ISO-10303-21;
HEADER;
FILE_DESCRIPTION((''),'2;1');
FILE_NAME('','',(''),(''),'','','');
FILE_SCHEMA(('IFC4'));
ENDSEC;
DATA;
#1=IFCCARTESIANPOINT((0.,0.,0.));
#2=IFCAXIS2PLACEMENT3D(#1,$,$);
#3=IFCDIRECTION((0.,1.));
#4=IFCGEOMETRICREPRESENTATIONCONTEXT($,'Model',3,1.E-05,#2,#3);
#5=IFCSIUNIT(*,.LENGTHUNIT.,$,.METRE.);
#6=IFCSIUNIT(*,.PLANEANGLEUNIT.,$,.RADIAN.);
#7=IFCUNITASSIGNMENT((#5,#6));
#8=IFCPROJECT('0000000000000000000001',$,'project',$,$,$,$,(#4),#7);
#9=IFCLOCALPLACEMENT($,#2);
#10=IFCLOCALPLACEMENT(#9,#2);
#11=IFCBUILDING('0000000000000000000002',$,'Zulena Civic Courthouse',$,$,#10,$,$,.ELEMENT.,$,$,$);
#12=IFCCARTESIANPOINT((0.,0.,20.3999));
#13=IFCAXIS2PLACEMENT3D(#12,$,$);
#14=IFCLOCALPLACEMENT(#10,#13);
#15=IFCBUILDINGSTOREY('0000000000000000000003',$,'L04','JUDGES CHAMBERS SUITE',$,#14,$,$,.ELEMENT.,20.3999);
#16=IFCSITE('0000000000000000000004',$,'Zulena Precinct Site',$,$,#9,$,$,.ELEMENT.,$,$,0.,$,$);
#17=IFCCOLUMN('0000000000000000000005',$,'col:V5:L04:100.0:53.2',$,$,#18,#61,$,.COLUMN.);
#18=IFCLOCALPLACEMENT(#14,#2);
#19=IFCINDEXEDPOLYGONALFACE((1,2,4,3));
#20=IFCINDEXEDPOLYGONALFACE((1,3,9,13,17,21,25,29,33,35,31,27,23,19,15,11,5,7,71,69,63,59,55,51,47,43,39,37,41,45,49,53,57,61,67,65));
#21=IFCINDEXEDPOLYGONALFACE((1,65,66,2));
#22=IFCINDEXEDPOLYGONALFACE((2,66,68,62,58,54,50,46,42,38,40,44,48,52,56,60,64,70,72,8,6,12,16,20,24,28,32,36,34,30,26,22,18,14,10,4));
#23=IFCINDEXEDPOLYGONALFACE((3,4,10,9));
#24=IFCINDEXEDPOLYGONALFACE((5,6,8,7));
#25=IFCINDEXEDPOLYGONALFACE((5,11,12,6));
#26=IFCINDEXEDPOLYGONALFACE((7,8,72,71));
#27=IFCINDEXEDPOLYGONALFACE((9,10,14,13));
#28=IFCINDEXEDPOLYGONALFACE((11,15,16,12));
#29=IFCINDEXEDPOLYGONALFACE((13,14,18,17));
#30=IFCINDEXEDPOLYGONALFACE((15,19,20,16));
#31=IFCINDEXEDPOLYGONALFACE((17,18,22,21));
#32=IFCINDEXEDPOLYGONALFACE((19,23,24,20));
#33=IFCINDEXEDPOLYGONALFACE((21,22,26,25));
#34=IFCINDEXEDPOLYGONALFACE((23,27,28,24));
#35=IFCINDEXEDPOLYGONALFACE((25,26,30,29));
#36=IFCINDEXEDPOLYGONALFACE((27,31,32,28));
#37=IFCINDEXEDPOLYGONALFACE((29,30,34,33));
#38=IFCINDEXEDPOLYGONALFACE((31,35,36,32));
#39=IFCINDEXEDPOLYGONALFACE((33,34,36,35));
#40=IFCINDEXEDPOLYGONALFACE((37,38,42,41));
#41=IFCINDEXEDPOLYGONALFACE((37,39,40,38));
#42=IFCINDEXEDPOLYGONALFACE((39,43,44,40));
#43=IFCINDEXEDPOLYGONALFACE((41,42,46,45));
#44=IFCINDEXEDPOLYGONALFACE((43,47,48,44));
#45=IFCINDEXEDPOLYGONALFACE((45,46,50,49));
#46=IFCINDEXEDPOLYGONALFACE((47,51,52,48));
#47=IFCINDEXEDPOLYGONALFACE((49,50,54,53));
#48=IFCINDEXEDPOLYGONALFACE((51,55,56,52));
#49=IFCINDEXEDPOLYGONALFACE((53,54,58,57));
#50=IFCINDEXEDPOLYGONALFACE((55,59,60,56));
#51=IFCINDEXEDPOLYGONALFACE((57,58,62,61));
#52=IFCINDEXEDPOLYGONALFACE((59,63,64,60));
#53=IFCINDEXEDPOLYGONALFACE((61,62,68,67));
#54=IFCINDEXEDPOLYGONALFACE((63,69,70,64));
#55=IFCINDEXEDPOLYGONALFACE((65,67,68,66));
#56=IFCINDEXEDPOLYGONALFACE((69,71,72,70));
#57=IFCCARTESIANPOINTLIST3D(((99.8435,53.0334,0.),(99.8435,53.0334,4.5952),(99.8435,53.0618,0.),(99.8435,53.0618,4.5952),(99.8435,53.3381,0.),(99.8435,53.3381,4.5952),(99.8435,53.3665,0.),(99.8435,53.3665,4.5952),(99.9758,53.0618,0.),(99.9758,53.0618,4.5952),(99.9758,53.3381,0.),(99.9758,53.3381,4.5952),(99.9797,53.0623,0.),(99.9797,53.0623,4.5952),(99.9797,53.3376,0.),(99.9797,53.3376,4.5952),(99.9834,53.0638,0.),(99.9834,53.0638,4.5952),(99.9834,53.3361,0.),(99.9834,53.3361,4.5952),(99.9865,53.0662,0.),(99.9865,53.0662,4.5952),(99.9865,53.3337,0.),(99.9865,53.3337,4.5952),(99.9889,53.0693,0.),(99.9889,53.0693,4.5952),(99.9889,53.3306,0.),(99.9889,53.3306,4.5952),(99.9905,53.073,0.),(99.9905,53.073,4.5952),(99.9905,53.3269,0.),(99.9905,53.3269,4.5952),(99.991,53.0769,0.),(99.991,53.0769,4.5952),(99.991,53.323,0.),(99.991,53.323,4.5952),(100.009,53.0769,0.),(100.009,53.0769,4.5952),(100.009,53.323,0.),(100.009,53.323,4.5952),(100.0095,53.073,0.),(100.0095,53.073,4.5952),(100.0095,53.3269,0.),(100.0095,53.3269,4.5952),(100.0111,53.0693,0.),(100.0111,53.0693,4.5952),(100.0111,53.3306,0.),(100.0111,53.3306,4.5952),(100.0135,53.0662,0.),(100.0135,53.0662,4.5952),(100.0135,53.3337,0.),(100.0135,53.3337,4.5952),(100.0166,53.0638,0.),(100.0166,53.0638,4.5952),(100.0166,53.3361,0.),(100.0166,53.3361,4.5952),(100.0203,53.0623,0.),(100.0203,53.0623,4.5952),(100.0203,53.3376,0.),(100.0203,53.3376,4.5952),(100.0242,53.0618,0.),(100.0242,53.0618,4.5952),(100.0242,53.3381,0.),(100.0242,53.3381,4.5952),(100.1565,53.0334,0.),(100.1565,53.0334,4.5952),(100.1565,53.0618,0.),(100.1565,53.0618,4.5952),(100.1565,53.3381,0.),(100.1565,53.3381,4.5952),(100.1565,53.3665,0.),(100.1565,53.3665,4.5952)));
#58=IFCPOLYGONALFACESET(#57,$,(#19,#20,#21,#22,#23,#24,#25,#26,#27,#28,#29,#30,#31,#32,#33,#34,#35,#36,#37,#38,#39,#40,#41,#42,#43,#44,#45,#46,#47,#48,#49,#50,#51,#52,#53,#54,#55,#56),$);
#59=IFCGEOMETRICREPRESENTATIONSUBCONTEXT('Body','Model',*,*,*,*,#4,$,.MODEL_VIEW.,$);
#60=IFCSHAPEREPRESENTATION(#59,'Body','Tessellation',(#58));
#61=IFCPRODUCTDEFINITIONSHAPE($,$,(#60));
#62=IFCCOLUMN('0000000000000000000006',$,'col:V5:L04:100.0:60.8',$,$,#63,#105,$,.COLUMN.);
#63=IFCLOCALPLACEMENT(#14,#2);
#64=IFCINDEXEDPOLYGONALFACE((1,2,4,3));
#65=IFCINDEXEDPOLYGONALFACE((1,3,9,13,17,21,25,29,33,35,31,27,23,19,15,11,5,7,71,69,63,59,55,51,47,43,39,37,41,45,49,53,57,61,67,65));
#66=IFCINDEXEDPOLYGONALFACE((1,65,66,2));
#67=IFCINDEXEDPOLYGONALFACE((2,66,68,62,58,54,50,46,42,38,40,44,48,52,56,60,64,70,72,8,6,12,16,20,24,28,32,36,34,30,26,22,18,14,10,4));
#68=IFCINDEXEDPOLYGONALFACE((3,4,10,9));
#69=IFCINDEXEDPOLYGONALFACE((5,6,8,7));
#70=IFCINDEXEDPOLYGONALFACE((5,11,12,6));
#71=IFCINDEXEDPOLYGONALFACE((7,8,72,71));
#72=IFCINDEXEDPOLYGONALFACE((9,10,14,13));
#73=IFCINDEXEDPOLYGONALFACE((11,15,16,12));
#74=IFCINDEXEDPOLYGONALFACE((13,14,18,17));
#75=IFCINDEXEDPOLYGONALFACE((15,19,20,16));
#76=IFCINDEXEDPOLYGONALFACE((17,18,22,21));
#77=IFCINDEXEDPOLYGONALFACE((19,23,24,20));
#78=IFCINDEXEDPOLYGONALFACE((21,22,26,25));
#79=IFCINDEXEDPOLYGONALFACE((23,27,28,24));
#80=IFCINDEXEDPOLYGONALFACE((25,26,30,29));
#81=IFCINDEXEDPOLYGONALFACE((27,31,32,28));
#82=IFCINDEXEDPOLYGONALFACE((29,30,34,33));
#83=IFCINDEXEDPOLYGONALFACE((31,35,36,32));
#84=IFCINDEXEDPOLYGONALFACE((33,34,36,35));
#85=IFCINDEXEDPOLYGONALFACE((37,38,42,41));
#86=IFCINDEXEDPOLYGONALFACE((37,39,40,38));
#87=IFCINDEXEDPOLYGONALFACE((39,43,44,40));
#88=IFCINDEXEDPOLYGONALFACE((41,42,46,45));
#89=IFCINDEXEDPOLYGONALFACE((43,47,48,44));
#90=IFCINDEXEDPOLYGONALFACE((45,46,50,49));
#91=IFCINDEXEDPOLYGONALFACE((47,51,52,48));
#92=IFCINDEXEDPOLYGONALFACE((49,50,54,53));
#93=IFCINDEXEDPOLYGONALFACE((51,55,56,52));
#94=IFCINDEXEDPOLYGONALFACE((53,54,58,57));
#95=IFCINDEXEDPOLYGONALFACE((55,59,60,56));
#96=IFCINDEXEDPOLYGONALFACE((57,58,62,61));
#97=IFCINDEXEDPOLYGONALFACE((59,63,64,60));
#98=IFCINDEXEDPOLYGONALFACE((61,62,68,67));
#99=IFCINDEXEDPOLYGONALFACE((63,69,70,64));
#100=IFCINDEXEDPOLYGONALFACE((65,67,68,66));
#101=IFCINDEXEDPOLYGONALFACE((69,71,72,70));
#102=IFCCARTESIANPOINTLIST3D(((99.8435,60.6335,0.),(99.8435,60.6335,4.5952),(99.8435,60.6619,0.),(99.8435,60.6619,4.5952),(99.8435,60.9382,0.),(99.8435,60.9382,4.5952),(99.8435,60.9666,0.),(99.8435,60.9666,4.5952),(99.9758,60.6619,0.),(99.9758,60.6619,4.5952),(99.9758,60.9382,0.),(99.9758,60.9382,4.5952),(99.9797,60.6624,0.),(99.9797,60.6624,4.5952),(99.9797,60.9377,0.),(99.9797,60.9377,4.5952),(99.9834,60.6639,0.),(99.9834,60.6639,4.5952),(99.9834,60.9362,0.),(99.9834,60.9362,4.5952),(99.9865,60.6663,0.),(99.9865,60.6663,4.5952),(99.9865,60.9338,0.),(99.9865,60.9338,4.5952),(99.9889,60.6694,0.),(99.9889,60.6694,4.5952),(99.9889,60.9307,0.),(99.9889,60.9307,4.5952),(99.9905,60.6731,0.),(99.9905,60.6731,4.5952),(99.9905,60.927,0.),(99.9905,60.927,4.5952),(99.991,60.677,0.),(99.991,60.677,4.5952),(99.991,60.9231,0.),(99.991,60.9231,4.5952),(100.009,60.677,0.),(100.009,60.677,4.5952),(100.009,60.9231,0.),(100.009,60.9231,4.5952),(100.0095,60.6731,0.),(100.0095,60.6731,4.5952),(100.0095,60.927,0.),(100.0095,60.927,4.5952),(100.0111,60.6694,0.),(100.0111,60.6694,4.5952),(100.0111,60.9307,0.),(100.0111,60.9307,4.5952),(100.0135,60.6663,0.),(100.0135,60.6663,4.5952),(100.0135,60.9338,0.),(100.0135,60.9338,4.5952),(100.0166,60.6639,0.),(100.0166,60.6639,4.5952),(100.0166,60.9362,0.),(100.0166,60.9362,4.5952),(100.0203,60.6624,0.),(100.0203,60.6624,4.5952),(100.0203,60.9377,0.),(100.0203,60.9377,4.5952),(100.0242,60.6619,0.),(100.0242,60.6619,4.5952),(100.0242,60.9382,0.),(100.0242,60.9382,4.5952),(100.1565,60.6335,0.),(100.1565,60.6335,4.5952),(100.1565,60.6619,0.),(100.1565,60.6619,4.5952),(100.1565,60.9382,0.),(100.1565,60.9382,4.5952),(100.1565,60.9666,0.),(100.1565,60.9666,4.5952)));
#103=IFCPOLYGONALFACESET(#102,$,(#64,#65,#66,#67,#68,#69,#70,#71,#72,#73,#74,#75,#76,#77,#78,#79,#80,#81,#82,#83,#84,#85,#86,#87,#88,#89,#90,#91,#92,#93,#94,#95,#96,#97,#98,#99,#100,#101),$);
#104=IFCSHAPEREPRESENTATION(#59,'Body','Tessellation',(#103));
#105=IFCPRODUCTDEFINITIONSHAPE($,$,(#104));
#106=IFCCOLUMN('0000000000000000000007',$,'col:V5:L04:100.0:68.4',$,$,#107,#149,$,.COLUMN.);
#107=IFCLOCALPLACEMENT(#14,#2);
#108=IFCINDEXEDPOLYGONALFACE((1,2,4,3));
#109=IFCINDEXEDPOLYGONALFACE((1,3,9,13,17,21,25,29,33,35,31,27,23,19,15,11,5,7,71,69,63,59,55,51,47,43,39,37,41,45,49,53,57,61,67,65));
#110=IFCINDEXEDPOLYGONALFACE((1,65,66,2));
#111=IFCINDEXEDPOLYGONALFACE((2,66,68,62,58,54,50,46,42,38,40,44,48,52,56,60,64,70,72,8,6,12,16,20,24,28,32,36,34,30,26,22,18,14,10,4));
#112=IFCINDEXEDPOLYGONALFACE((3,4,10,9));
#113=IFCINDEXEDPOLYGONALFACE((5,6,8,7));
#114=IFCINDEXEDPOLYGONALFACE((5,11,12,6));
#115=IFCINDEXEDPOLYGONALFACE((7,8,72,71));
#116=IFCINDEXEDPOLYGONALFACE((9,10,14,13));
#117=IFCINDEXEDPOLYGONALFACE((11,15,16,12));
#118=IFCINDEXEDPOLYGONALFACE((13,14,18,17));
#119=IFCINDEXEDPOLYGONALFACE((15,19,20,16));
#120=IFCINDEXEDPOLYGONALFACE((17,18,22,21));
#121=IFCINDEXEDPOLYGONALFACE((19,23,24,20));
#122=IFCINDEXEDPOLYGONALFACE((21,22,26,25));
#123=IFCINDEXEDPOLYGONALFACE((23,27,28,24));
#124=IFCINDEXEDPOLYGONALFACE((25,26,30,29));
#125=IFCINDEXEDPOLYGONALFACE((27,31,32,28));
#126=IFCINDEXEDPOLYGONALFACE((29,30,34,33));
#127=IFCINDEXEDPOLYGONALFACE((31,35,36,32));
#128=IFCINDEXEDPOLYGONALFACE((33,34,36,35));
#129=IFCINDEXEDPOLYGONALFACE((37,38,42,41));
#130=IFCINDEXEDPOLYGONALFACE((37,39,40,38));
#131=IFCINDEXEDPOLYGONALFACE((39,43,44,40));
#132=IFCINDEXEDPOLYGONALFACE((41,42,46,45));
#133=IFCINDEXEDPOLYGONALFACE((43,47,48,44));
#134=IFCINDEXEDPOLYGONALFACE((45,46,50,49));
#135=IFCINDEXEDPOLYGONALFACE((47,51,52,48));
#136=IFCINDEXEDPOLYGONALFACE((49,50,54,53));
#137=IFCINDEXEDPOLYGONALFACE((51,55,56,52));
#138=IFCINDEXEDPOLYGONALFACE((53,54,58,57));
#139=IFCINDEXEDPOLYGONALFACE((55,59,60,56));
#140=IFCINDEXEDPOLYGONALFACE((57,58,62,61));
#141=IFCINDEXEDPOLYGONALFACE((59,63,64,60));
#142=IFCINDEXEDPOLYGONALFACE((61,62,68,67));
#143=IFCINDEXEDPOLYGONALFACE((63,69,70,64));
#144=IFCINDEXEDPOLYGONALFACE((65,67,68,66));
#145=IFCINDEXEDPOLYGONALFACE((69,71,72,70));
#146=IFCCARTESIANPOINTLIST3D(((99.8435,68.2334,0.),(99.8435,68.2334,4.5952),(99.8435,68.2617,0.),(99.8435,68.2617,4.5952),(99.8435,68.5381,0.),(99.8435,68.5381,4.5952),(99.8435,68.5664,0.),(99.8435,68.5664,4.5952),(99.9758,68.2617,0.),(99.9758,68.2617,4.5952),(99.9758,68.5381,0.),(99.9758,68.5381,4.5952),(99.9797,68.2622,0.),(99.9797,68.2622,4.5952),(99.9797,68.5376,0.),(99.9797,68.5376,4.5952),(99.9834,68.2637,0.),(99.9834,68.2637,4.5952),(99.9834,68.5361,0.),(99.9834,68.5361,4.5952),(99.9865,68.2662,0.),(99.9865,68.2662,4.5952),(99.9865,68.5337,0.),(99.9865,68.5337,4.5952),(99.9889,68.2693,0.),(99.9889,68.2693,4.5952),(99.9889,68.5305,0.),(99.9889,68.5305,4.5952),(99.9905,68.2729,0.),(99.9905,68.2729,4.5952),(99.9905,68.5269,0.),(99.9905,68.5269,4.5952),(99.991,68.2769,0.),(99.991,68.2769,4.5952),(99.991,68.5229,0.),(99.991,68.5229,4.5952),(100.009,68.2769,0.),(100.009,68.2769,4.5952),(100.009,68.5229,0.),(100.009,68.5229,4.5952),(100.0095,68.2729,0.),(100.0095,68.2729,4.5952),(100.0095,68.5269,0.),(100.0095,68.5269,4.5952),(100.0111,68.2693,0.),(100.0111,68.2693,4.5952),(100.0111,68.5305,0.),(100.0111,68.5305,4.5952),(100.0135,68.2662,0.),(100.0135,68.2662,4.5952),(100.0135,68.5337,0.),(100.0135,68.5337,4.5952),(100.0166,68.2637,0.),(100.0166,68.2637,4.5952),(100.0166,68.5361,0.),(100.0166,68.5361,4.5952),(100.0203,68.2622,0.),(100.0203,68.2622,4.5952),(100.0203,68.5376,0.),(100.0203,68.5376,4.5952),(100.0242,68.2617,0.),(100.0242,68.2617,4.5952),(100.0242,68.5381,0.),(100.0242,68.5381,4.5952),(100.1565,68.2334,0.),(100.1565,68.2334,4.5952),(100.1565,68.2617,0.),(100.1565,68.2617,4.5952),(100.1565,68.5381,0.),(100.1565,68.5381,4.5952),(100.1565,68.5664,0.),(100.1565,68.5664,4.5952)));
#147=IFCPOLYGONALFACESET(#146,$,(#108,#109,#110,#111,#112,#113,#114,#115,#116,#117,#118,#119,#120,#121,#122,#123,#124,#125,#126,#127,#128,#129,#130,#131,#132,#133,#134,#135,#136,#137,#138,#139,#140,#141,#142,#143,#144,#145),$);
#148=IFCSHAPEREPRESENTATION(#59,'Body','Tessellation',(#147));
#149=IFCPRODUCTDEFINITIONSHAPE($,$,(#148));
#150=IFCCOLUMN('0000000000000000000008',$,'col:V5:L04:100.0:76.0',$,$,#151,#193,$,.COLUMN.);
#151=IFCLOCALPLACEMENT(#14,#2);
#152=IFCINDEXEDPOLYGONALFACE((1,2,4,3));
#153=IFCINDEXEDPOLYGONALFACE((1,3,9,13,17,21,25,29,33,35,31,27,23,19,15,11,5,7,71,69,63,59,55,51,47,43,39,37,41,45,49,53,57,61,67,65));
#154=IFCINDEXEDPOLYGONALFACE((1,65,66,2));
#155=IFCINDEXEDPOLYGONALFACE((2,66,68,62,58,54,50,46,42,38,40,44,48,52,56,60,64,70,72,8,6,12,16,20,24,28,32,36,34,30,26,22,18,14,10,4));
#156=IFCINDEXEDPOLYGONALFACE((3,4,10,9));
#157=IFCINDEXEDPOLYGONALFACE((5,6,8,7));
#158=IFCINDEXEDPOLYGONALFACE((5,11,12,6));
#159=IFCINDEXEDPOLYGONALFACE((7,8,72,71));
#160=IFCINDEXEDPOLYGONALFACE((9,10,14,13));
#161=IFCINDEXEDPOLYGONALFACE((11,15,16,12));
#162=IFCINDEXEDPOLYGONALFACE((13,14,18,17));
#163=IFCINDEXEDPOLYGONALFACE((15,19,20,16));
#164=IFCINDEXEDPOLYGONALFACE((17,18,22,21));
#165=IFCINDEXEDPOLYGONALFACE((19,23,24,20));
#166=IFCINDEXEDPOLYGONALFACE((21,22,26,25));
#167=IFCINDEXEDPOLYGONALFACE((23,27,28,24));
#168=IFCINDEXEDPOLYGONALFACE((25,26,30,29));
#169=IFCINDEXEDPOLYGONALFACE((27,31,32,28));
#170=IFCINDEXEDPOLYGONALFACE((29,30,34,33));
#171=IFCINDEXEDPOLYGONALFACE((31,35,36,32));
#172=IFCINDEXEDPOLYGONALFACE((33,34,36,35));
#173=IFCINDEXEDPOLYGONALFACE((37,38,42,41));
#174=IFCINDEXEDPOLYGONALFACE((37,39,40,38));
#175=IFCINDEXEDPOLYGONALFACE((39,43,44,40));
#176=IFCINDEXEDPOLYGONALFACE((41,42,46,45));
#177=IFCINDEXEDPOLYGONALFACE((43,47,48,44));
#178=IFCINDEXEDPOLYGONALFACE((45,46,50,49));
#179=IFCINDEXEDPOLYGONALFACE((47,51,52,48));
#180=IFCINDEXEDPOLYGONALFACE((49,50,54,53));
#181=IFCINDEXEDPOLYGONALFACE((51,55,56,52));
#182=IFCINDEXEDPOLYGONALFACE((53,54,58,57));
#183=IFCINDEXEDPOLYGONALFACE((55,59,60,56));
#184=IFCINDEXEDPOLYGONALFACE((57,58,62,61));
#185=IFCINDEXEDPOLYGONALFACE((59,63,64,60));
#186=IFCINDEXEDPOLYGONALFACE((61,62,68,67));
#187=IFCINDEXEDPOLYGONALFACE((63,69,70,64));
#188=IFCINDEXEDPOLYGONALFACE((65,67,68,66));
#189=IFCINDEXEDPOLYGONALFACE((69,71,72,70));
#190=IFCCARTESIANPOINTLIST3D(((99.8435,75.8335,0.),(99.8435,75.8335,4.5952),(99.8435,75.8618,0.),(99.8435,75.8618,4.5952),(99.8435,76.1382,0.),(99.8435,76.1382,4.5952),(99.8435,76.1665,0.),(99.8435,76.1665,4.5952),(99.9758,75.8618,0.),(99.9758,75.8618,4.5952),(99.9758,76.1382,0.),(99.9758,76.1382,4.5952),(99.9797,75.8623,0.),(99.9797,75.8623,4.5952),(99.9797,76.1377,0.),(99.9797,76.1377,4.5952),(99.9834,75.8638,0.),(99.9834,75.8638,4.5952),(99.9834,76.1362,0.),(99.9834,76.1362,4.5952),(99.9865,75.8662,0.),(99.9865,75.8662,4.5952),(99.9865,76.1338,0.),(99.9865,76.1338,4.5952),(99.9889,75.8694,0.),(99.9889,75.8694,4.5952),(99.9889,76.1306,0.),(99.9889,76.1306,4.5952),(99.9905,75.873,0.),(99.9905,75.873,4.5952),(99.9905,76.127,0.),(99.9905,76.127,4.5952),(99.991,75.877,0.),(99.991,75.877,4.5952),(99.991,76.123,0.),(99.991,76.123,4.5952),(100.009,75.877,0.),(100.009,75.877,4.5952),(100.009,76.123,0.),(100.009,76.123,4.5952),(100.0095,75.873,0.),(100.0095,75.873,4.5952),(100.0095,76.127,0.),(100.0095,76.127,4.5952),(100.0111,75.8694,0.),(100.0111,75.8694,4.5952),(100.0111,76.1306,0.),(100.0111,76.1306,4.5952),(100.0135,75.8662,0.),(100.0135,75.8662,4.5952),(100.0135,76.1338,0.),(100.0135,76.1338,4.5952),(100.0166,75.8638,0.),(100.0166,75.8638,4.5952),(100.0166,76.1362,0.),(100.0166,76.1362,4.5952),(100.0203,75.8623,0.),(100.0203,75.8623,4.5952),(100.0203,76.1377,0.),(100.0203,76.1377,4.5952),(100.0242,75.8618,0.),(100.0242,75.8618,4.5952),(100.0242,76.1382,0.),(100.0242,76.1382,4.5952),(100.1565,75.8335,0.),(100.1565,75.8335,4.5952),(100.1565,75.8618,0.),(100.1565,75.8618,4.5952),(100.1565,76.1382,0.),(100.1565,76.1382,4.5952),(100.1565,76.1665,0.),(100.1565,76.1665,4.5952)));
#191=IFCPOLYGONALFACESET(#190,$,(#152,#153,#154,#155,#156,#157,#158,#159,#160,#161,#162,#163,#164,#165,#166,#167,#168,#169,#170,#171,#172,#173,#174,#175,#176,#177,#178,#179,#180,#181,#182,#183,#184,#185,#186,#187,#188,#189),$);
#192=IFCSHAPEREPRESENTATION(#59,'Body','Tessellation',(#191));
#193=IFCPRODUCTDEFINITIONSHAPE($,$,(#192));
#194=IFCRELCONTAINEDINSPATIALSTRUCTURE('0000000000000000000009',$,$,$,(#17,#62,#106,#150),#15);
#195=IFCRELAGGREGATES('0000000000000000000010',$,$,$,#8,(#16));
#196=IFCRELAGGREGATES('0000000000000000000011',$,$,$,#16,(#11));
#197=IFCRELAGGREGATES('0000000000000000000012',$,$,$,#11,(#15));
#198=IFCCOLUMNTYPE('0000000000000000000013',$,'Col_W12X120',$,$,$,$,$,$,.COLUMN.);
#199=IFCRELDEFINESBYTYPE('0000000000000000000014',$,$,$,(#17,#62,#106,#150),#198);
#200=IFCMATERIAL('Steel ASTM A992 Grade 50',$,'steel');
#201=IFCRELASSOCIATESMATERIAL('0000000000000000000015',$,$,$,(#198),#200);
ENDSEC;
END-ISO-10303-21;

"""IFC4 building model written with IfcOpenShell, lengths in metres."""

from ifc_helpers import new_model, si_unit, direction, frame, origin, origin_2d, place, context, subcontext, project, spatial, i_section, extrude, material, material_profile, profile_set, type_object, element, save


model = new_model("IFC4")

# Units and contexts
model_context = context("Model", 3, precision=1e-05, world=origin(), true_north=direction((0.0, 1.0)))
body_context = subcontext(model_context, "Body", "Model", "MODEL_VIEW")
ifc_project = project(units=[si_unit("LENGTHUNIT", "METRE"), si_unit("PLANEANGLEUNIT", "RADIAN")], contexts=[model_context])

# Site, building, storey
site_placement = place(None, origin())
site = spatial("IfcSite", under=ifc_project, at=site_placement, Name="Zulena Precinct Site", CompositionType="ELEMENT", RefElevation=0.0)
building_placement = place(site_placement, origin())
building = spatial("IfcBuilding", under=site, at=building_placement, Name="Zulena Civic Courthouse", CompositionType="ELEMENT")
storey_placement = place(building_placement, frame((0.0, 0.0, 20.3999)))
storey = spatial("IfcBuildingStorey", under=building, at=storey_placement, Name="L04", Description="JUDGES CHAMBERS SUITE", CompositionType="ELEMENT", Elevation=20.3999)

# Columns
ifc_material_1 = material(Name="Steel ASTM A992 Grade 50", Category="steel")
ifc_material_profile_1 = material_profile(ifc_material_1, i_section(OverallWidth=0.313, OverallDepth=0.333, WebThickness=0.0181, FlangeThickness=0.0283, FilletRadius=0.0151, at=origin_2d()), Name="W12X120")
ifc_profile_set_1 = profile_set([ifc_material_profile_1], Name="Steel ASTM A992 Grade 50")
column_type_1 = type_object("IfcColumnType", Name="Col_W12X120", PredefinedType="COLUMN", material=ifc_profile_set_1)
for number, where, z_axis, x_axis, name in (
    (1, (100.0, 53.2, 0.0), (0.0, 0.0, 1.0), (1.0, 0.0, 0.0), "col:V5:L04:100.0:53.2"),
    (2, (100.0, 60.8, 0.0), (0.0, 0.0, 1.0), (1.0, 0.0, 0.0), "col:V5:L04:100.0:60.8"),
    (3, (100.0, 68.3999, 0.0), (0.0, 0.0, 1.0), (1.0, 0.0, 0.0), "col:V5:L04:100.0:68.4"),
    (4, (100.0, 76.0, 0.0), (0.0, 0.0, 1.0), (1.0, 0.0, 0.0), "col:V5:L04:100.0:76.0"),
):
    element("IfcColumn", number, at=place(storey_placement, frame(where, z_axis=z_axis, x_axis=x_axis)), inside=storey, type_object=column_type_1, Name=name, PredefinedType="COLUMN", context=body_context, shape_type="SweptSolid", body=[
        extrude(i_section(OverallWidth=0.313, OverallDepth=0.333, WebThickness=0.0181, FlangeThickness=0.0283, FilletRadius=0.0151, at=origin_2d()), origin(), (0.0, 0.0, 1.0), 4.5952),
    ])

save(model, "model.ifc")
